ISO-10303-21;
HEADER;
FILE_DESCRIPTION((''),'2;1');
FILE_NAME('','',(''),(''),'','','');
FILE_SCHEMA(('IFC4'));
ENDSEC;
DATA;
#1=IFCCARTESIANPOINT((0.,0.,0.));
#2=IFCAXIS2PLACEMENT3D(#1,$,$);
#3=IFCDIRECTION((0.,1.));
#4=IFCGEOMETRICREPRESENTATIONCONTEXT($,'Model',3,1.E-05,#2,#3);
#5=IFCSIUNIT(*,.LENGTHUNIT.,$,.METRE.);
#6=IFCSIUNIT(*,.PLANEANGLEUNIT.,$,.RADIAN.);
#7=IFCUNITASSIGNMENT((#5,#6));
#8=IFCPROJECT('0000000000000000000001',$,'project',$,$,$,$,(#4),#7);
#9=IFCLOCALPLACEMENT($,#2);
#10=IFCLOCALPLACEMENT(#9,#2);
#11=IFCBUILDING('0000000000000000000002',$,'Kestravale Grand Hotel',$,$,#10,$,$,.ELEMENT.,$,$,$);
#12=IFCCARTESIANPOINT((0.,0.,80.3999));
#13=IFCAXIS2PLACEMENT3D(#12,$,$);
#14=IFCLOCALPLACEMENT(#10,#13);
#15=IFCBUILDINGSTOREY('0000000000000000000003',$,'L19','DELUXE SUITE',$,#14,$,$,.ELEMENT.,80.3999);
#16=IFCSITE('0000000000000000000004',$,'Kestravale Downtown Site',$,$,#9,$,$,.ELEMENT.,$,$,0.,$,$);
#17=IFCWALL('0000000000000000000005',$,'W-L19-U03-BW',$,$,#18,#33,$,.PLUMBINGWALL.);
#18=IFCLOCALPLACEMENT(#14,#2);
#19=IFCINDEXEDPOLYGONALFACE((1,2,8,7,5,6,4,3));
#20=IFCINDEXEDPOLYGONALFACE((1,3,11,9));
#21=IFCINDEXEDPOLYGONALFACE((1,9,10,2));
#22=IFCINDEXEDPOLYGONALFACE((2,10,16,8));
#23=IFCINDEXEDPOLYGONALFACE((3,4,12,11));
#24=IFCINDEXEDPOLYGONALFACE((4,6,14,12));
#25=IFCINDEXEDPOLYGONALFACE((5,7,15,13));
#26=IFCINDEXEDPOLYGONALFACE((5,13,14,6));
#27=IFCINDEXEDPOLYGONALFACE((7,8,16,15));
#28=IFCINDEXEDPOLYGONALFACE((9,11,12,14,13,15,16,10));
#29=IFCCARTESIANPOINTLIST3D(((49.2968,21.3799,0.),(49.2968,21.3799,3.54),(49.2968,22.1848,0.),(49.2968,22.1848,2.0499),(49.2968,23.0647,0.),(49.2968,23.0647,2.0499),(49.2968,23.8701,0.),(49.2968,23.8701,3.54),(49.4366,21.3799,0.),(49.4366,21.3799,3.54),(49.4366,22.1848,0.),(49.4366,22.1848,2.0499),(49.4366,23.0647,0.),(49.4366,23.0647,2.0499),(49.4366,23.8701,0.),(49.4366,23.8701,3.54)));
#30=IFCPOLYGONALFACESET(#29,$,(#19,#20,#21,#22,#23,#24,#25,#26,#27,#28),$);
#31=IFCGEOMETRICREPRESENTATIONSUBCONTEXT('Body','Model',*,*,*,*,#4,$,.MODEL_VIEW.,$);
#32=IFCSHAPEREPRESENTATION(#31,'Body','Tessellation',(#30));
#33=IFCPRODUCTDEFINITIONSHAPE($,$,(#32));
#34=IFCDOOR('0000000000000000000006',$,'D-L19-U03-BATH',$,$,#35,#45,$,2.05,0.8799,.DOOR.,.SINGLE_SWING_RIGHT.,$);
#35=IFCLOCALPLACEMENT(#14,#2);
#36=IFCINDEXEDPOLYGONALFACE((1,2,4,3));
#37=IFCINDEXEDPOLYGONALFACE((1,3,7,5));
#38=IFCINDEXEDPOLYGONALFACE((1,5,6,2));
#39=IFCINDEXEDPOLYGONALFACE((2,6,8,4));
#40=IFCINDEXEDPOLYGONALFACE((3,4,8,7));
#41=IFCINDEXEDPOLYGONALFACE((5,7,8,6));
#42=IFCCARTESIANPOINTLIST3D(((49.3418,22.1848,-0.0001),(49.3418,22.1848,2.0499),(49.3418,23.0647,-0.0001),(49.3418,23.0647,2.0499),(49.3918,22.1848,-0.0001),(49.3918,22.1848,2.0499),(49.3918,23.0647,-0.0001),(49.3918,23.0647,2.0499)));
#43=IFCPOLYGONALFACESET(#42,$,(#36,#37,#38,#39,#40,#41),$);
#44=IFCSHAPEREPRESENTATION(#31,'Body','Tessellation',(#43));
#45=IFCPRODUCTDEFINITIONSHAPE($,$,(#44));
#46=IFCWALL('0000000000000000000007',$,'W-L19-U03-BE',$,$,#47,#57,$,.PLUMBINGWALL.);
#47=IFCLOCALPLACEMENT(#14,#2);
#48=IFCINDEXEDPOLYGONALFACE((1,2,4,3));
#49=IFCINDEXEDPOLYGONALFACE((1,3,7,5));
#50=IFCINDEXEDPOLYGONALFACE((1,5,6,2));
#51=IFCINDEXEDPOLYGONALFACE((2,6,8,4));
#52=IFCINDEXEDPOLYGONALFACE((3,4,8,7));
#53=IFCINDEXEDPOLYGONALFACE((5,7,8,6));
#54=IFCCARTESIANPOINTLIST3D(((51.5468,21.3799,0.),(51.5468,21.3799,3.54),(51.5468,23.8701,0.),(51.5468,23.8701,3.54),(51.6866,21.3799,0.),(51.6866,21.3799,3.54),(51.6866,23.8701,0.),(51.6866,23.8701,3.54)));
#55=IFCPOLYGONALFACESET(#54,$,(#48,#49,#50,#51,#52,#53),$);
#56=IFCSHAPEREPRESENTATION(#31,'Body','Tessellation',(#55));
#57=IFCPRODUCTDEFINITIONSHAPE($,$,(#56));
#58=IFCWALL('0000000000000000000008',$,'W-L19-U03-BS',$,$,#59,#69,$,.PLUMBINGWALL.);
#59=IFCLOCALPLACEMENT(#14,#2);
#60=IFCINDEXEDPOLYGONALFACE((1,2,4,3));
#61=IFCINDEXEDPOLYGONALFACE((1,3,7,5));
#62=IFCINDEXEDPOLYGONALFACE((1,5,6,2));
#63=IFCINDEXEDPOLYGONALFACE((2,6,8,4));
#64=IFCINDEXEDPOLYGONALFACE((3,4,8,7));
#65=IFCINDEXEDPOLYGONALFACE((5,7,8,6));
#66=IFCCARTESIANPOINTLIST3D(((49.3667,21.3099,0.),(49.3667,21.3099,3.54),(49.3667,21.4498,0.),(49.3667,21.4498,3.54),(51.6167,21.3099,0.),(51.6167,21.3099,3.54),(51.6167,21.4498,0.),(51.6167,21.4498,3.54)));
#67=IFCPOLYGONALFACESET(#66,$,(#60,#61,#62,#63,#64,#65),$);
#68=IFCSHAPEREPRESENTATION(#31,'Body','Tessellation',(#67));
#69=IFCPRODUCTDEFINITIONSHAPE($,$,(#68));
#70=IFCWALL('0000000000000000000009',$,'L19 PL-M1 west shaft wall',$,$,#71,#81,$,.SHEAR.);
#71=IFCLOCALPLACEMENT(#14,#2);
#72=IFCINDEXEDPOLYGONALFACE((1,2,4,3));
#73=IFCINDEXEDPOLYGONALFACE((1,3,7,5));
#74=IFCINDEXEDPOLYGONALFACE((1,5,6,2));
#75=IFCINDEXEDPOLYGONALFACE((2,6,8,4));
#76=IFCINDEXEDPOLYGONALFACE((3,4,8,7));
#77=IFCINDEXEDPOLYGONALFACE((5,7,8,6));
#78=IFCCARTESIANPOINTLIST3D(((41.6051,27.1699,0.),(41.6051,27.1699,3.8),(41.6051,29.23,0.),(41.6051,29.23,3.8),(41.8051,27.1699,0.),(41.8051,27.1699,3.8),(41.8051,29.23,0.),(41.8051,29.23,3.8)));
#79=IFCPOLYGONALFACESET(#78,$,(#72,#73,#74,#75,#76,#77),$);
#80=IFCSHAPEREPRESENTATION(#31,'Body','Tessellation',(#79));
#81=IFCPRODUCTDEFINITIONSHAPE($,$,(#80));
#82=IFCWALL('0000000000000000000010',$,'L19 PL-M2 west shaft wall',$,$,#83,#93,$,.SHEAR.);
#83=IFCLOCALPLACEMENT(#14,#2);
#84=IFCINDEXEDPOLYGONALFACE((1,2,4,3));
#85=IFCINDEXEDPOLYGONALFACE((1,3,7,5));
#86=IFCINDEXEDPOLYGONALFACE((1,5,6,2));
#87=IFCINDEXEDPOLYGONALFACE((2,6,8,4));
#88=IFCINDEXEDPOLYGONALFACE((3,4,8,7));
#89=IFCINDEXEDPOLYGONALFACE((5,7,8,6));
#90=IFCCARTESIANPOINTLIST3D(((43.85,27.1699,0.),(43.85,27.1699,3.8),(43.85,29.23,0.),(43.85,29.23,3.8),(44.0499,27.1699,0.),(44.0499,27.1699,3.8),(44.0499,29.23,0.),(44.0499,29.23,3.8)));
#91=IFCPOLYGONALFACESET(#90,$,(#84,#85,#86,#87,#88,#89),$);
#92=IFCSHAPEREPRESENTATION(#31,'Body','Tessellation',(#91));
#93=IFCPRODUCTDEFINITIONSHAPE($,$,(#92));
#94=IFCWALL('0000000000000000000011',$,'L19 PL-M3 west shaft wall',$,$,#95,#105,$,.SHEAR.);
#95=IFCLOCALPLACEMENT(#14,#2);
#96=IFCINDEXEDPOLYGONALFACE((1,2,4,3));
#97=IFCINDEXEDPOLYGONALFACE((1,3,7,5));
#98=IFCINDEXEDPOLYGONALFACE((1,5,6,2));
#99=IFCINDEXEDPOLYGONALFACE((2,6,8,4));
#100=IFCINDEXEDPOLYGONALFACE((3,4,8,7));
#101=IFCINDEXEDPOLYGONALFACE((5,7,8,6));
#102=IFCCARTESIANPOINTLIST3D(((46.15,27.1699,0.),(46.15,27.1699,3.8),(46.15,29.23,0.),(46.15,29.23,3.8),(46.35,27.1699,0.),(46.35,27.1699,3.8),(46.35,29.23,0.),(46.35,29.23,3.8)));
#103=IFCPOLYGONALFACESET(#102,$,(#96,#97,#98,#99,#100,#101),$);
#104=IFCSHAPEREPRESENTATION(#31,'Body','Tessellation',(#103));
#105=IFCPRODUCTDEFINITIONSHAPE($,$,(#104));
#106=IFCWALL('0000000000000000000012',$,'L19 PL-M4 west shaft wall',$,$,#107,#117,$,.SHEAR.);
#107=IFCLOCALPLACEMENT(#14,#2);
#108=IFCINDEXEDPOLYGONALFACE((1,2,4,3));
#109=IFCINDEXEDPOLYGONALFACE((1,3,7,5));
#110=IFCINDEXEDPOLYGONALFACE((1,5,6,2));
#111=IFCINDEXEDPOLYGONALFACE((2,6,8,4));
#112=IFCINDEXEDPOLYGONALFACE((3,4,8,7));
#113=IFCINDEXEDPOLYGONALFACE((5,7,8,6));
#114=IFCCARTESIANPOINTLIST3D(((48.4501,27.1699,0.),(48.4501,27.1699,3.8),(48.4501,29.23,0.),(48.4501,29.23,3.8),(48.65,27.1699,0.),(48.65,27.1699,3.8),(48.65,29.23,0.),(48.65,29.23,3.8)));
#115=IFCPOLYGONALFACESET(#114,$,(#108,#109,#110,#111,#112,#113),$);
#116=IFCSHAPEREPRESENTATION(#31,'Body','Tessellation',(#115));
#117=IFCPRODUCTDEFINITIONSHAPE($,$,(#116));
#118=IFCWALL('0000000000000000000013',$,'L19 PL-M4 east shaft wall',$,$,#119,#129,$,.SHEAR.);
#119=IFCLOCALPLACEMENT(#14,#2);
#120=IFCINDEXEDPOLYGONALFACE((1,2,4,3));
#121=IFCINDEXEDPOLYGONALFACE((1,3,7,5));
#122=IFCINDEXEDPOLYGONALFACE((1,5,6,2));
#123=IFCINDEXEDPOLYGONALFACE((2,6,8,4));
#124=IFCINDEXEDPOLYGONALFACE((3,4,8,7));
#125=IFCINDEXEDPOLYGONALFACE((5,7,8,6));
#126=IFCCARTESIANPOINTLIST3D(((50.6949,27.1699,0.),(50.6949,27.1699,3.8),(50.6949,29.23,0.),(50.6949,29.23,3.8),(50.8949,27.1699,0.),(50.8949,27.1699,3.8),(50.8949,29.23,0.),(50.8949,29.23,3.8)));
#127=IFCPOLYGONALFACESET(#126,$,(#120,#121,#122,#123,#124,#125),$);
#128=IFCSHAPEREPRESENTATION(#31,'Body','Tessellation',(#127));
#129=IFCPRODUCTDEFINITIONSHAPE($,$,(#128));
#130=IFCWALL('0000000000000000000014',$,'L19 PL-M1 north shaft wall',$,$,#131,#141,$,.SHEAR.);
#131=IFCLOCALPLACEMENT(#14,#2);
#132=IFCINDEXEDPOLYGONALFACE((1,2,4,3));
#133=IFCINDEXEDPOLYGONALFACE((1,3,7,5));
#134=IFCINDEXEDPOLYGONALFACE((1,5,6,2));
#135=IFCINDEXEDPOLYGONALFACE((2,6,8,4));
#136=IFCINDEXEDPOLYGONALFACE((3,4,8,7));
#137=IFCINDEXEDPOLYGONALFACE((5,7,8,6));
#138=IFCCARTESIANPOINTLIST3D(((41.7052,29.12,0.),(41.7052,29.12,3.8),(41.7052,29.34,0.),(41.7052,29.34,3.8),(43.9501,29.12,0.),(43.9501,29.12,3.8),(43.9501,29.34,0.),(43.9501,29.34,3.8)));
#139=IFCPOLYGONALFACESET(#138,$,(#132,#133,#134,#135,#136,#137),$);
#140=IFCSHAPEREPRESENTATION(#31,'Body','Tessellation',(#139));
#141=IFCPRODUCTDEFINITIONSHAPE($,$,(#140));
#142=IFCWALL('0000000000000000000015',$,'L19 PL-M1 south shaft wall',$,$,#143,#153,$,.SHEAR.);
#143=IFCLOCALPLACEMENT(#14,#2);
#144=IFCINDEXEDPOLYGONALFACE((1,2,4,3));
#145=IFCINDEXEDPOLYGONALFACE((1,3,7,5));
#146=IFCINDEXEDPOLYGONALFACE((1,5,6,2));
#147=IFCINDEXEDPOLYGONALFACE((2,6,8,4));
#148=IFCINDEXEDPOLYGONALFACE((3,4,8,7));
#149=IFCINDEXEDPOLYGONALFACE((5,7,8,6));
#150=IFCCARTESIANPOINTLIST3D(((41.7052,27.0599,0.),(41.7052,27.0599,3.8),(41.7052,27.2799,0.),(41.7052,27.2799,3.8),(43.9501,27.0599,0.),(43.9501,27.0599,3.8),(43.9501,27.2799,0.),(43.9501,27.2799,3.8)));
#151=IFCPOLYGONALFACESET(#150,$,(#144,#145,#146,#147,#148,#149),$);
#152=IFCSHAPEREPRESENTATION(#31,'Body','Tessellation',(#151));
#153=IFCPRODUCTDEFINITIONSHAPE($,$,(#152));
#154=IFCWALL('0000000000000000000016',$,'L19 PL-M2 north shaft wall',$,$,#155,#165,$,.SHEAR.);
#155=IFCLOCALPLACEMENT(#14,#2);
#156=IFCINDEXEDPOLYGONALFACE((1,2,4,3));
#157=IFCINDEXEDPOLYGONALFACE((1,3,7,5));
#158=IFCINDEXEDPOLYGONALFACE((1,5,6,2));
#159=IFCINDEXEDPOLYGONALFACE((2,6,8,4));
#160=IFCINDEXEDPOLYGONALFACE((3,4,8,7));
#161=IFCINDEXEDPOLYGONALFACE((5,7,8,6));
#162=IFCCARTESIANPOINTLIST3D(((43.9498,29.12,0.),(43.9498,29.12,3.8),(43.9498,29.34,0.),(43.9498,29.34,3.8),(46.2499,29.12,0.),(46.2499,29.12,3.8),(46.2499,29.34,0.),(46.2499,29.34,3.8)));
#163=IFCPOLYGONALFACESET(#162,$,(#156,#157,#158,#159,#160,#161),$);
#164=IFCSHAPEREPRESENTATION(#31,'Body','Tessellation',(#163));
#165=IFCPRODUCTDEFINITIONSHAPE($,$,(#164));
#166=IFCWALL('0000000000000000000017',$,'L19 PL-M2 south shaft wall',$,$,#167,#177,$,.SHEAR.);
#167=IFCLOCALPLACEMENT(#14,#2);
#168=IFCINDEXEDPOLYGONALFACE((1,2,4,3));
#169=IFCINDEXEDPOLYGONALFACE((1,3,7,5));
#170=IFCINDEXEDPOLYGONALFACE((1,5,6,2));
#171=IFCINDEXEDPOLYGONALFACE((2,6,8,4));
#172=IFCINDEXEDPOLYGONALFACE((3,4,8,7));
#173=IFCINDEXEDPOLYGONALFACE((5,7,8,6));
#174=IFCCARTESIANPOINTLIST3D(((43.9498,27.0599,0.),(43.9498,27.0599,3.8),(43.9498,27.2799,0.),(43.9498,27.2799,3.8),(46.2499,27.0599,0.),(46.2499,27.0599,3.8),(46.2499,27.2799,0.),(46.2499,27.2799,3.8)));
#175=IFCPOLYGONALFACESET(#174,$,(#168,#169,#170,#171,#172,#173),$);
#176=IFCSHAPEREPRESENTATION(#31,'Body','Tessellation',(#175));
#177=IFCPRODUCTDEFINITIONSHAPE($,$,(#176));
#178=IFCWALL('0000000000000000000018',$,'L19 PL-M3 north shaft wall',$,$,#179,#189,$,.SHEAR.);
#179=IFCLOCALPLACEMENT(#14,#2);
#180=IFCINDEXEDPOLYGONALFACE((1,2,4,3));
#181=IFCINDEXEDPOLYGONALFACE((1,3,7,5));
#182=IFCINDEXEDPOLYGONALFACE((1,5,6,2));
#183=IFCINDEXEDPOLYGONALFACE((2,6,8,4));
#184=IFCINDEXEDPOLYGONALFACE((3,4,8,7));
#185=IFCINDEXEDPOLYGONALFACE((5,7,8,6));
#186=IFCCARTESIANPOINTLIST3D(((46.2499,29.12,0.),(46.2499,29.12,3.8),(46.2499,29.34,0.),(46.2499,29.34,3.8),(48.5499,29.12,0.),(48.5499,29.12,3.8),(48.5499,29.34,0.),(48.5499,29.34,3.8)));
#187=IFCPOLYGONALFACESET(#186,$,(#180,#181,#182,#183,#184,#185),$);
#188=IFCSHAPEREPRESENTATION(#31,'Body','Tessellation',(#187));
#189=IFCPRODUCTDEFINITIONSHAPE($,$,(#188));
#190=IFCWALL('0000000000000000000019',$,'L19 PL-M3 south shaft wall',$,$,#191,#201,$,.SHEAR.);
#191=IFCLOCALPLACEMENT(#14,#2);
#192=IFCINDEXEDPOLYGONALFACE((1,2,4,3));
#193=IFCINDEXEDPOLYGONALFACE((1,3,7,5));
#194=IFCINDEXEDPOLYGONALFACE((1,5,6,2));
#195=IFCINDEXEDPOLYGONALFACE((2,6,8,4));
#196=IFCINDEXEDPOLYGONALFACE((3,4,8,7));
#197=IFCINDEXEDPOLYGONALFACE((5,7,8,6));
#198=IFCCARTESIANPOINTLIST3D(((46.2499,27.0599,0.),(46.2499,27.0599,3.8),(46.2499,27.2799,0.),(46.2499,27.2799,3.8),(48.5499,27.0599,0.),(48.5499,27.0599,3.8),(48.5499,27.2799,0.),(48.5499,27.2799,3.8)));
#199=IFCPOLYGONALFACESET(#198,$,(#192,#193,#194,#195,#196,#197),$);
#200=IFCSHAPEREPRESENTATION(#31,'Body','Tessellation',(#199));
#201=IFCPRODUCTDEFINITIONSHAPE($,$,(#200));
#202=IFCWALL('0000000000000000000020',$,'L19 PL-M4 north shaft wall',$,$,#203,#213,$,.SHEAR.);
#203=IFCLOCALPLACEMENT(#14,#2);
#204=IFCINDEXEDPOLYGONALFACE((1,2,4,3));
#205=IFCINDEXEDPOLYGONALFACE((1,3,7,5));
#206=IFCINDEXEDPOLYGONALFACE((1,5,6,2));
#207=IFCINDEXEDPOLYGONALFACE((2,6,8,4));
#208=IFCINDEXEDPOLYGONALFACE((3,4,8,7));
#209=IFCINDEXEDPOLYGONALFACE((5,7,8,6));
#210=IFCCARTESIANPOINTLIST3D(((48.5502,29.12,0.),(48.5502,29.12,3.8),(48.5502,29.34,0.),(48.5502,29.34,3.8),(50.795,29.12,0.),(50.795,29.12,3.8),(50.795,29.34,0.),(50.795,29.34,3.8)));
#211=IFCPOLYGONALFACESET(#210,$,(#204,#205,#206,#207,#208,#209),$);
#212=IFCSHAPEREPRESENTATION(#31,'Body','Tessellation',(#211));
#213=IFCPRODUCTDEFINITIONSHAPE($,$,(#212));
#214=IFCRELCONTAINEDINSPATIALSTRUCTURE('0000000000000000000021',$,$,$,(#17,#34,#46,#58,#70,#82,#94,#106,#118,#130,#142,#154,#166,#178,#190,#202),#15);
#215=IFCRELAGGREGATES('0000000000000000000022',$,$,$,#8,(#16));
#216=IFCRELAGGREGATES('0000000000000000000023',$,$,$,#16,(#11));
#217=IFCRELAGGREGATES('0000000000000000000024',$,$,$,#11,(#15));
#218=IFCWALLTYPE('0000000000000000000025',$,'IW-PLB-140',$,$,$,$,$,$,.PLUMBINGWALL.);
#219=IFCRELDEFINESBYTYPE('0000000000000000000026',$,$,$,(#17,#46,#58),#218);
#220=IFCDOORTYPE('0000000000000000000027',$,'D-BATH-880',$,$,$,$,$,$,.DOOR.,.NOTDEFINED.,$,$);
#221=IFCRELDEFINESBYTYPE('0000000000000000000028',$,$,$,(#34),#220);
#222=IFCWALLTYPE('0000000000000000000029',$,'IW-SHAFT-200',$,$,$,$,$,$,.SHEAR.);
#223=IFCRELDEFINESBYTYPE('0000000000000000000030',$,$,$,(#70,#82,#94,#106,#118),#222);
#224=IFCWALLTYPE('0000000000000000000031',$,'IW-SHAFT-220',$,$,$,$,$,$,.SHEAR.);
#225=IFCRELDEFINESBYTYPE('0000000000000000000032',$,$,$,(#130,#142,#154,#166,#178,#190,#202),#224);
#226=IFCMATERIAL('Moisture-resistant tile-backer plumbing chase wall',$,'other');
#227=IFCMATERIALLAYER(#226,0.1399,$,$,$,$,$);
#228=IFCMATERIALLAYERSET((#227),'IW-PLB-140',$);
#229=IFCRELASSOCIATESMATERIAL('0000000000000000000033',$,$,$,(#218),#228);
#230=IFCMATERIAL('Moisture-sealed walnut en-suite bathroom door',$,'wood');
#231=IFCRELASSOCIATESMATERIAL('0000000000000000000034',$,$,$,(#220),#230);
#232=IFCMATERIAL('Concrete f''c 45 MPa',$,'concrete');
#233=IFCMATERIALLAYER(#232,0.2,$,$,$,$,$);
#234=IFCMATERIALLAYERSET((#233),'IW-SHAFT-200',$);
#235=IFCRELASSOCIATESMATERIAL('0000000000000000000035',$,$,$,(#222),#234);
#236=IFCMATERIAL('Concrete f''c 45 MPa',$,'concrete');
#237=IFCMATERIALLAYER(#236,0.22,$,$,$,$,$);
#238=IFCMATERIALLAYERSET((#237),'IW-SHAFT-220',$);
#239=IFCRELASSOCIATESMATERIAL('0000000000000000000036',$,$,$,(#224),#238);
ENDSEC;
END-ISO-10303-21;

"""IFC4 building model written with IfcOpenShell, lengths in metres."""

from ifc_helpers import new_model, si_unit, direction, frame, frame_2d, origin, place, context, subcontext, project, spatial, rectangle, extrude, material, layer, layer_set, type_object, element, fill, save


model = new_model("IFC4")

# Units and contexts
model_context = context("Model", 3, precision=1e-05, world=origin(), true_north=direction((0.0, 1.0)))
body_context = subcontext(model_context, "Body", "Model", "MODEL_VIEW")
ifc_project = project(units=[si_unit("LENGTHUNIT", "METRE"), si_unit("PLANEANGLEUNIT", "RADIAN")], contexts=[model_context])

# Site, building, storey
site_placement = place(None, origin())
site = spatial("IfcSite", under=ifc_project, at=site_placement, Name="Kestravale Downtown Site", CompositionType="ELEMENT", RefElevation=0.0)
building_placement = place(site_placement, origin())
building = spatial("IfcBuilding", under=site, at=building_placement, Name="Kestravale Grand Hotel", CompositionType="ELEMENT")
storey_placement = place(building_placement, frame((0.0, 0.0, 80.3999)))
storey = spatial("IfcBuildingStorey", under=building, at=storey_placement, Name="L19", Description="DELUXE SUITE", CompositionType="ELEMENT", Elevation=80.3999)

# Wall, opening, door
ifc_material_1 = material(Name="Moisture-resistant tile-backer plumbing chase wall", Category="other")
ifc_layer_1 = layer(ifc_material_1, 0.1399)
ifc_layer_set_1 = layer_set([ifc_layer_1], Name="IW-PLB-140")
wall_type_1 = type_object("IfcWallType", Name="IW-PLB-140", PredefinedType="PLUMBINGWALL", material=ifc_layer_set_1)
wall_1_placement = place(storey_placement, frame((49.3667, 21.3799, 0.0), z_axis=(0.0, 0.0, 1.0), x_axis=(0.0, 1.0, 0.0)))
wall_1 = element("IfcWall", 1, at=wall_1_placement, inside=storey, type_object=wall_type_1, Name="W-L19-U03-BW", PredefinedType="PLUMBINGWALL", context=body_context, shape_type="SweptSolid", body=[
    extrude(rectangle(XDim=2.4902, YDim=0.1399, at=frame_2d((1.2451, 0.0))), origin(), (0.0, 0.0, 1.0), 3.54),
])
opening_placement = place(wall_1_placement, frame((0.8049, 0.0, 0.0)))
opening = element("IfcOpeningElement", 2, at=opening_placement, cuts=wall_1, PredefinedType="OPENING", context=body_context, shape_type="SweptSolid", body=[
    extrude(rectangle(XDim=0.8799, YDim=2.05, at=frame_2d((0.4399, 1.0249))), frame((0.0, 0.0798, 0.0), z_axis=(0.0, -1.0, 0.0), x_axis=(1.0, 0.0, 0.0)), (0.0, 0.0, 1.0), 0.1599),
])
ifc_material_2 = material(Name="Moisture-sealed walnut en-suite bathroom door", Category="wood")
door_type = type_object("IfcDoorType", Name="D-BATH-880", OperationType="NOTDEFINED", PredefinedType="DOOR", material=ifc_material_2)
door_placement = place(opening_placement, origin())
door = element("IfcDoor", 3, at=door_placement, inside=storey, type_object=door_type, Name="D-L19-U03-BATH", OperationType="SINGLE_SWING_RIGHT", OverallHeight=2.05, OverallWidth=0.8799, PredefinedType="DOOR", context=body_context, shape_type="SweptSolid", body=[
    extrude(rectangle(XDim=0.8799, YDim=2.05, at=frame_2d((0.4399, 1.0249))), frame((0.0, 0.0249, 0.0), z_axis=(0.0, -1.0, 0.0), x_axis=(1.0, 0.0, 0.0)), (0.0, 0.0, 1.0), 0.05),
])
fill(opening, door)

# Walls
wall_2_placement = place(storey_placement, frame((51.6167, 21.3799, 0.0), z_axis=(0.0, 0.0, 1.0), x_axis=(0.0, 1.0, 0.0)))
element("IfcWall", 4, at=wall_2_placement, inside=storey, type_object=wall_type_1, Name="W-L19-U03-BE", PredefinedType="PLUMBINGWALL", context=body_context, shape_type="SweptSolid", body=[
    extrude(rectangle(XDim=2.4902, YDim=0.1399, at=frame_2d((1.2451, 0.0))), origin(), (0.0, 0.0, 1.0), 3.54),
])
wall_3_placement = place(storey_placement, frame((49.3667, 21.3799, 0.0), z_axis=(0.0, 0.0, 1.0), x_axis=(1.0, 0.0, 0.0)))
element("IfcWall", 5, at=wall_3_placement, inside=storey, type_object=wall_type_1, Name="W-L19-U03-BS", PredefinedType="PLUMBINGWALL", context=body_context, shape_type="SweptSolid", body=[
    extrude(rectangle(XDim=2.25, YDim=0.1399, at=frame_2d((1.125, 0.0))), origin(), (0.0, 0.0, 1.0), 3.54),
])
ifc_material_3 = material(Name="Concrete f'c 45 MPa", Category="concrete")
ifc_layer_2 = layer(ifc_material_3, 0.2)
ifc_layer_set_2 = layer_set([ifc_layer_2], Name="IW-SHAFT-200")
wall_type_2 = type_object("IfcWallType", Name="IW-SHAFT-200", PredefinedType="SHEAR", material=ifc_layer_set_2)
for number, where, z_axis, x_axis, name in (
    (6, (41.7051, 27.1699, 0.0), (0.0, 0.0, 1.0), (0.0, 1.0, 0.0), "L19 PL-M1 west shaft wall"),
    (7, (43.95, 27.1699, 0.0), (0.0, 0.0, 1.0), (0.0, 1.0, 0.0), "L19 PL-M2 west shaft wall"),
    (8, (46.25, 27.1699, 0.0), (0.0, 0.0, 1.0), (0.0, 1.0, 0.0), "L19 PL-M3 west shaft wall"),
    (9, (48.55, 27.1699, 0.0), (0.0, 0.0, 1.0), (0.0, 1.0, 0.0), "L19 PL-M4 west shaft wall"),
    (10, (50.7949, 27.1699, 0.0), (0.0, 0.0, 1.0), (0.0, 1.0, 0.0), "L19 PL-M4 east shaft wall"),
):
    element("IfcWall", number, at=place(storey_placement, frame(where, z_axis=z_axis, x_axis=x_axis)), inside=storey, type_object=wall_type_2, Name=name, PredefinedType="SHEAR", context=body_context, shape_type="SweptSolid", body=[
        extrude(rectangle(XDim=2.0601, YDim=0.2, at=frame_2d((1.03, 0.0))), origin(), (0.0, 0.0, 1.0), 3.8),
    ])
ifc_material_4 = material(Name="Concrete f'c 45 MPa", Category="concrete")
ifc_layer_3 = layer(ifc_material_4, 0.22)
ifc_layer_set_3 = layer_set([ifc_layer_3], Name="IW-SHAFT-220")
wall_type_3 = type_object("IfcWallType", Name="IW-SHAFT-220", PredefinedType="SHEAR", material=ifc_layer_set_3)
for number, where, z_axis, x_axis, name in (
    (11, (41.7051, 29.23, 0.0), (0.0, 0.0, 1.0), (1.0, 0.0, 0.0), "L19 PL-M1 north shaft wall"),
    (12, (41.7051, 27.1699, 0.0), (0.0, 0.0, 1.0), (1.0, 0.0, 0.0), "L19 PL-M1 south shaft wall"),
):
    element("IfcWall", number, at=place(storey_placement, frame(where, z_axis=z_axis, x_axis=x_axis)), inside=storey, type_object=wall_type_3, Name=name, PredefinedType="SHEAR", context=body_context, shape_type="SweptSolid", body=[
        extrude(rectangle(XDim=2.2449, YDim=0.22, at=frame_2d((1.1226, 0.0))), origin(), (0.0, 0.0, 1.0), 3.8),
    ])
for number, where, z_axis, x_axis, name in (
    (13, (43.95, 29.23, 0.0), (0.0, 0.0, 1.0), (1.0, 0.0, 0.0), "L19 PL-M2 north shaft wall"),
    (14, (43.95, 27.1699, 0.0), (0.0, 0.0, 1.0), (1.0, 0.0, 0.0), "L19 PL-M2 south shaft wall"),
    (15, (46.25, 29.23, 0.0), (0.0, 0.0, 1.0), (1.0, 0.0, 0.0), "L19 PL-M3 north shaft wall"),
    (16, (46.25, 27.1699, 0.0), (0.0, 0.0, 1.0), (1.0, 0.0, 0.0), "L19 PL-M3 south shaft wall"),
):
    element("IfcWall", number, at=place(storey_placement, frame(where, z_axis=z_axis, x_axis=x_axis)), inside=storey, type_object=wall_type_3, Name=name, PredefinedType="SHEAR", context=body_context, shape_type="SweptSolid", body=[
        extrude(rectangle(XDim=2.3, YDim=0.22, at=frame_2d((1.1499, 0.0))), origin(), (0.0, 0.0, 1.0), 3.8),
    ])
for number, where, z_axis, x_axis, name in (
    (17, (48.55, 29.23, 0.0), (0.0, 0.0, 1.0), (1.0, 0.0, 0.0), "L19 PL-M4 north shaft wall"),
):
    element("IfcWall", number, at=place(storey_placement, frame(where, z_axis=z_axis, x_axis=x_axis)), inside=storey, type_object=wall_type_3, Name=name, PredefinedType="SHEAR", context=body_context, shape_type="SweptSolid", body=[
        extrude(rectangle(XDim=2.2449, YDim=0.22, at=frame_2d((1.1226, 0.0))), origin(), (0.0, 0.0, 1.0), 3.8),
    ])

save(model, "model.ifc")
